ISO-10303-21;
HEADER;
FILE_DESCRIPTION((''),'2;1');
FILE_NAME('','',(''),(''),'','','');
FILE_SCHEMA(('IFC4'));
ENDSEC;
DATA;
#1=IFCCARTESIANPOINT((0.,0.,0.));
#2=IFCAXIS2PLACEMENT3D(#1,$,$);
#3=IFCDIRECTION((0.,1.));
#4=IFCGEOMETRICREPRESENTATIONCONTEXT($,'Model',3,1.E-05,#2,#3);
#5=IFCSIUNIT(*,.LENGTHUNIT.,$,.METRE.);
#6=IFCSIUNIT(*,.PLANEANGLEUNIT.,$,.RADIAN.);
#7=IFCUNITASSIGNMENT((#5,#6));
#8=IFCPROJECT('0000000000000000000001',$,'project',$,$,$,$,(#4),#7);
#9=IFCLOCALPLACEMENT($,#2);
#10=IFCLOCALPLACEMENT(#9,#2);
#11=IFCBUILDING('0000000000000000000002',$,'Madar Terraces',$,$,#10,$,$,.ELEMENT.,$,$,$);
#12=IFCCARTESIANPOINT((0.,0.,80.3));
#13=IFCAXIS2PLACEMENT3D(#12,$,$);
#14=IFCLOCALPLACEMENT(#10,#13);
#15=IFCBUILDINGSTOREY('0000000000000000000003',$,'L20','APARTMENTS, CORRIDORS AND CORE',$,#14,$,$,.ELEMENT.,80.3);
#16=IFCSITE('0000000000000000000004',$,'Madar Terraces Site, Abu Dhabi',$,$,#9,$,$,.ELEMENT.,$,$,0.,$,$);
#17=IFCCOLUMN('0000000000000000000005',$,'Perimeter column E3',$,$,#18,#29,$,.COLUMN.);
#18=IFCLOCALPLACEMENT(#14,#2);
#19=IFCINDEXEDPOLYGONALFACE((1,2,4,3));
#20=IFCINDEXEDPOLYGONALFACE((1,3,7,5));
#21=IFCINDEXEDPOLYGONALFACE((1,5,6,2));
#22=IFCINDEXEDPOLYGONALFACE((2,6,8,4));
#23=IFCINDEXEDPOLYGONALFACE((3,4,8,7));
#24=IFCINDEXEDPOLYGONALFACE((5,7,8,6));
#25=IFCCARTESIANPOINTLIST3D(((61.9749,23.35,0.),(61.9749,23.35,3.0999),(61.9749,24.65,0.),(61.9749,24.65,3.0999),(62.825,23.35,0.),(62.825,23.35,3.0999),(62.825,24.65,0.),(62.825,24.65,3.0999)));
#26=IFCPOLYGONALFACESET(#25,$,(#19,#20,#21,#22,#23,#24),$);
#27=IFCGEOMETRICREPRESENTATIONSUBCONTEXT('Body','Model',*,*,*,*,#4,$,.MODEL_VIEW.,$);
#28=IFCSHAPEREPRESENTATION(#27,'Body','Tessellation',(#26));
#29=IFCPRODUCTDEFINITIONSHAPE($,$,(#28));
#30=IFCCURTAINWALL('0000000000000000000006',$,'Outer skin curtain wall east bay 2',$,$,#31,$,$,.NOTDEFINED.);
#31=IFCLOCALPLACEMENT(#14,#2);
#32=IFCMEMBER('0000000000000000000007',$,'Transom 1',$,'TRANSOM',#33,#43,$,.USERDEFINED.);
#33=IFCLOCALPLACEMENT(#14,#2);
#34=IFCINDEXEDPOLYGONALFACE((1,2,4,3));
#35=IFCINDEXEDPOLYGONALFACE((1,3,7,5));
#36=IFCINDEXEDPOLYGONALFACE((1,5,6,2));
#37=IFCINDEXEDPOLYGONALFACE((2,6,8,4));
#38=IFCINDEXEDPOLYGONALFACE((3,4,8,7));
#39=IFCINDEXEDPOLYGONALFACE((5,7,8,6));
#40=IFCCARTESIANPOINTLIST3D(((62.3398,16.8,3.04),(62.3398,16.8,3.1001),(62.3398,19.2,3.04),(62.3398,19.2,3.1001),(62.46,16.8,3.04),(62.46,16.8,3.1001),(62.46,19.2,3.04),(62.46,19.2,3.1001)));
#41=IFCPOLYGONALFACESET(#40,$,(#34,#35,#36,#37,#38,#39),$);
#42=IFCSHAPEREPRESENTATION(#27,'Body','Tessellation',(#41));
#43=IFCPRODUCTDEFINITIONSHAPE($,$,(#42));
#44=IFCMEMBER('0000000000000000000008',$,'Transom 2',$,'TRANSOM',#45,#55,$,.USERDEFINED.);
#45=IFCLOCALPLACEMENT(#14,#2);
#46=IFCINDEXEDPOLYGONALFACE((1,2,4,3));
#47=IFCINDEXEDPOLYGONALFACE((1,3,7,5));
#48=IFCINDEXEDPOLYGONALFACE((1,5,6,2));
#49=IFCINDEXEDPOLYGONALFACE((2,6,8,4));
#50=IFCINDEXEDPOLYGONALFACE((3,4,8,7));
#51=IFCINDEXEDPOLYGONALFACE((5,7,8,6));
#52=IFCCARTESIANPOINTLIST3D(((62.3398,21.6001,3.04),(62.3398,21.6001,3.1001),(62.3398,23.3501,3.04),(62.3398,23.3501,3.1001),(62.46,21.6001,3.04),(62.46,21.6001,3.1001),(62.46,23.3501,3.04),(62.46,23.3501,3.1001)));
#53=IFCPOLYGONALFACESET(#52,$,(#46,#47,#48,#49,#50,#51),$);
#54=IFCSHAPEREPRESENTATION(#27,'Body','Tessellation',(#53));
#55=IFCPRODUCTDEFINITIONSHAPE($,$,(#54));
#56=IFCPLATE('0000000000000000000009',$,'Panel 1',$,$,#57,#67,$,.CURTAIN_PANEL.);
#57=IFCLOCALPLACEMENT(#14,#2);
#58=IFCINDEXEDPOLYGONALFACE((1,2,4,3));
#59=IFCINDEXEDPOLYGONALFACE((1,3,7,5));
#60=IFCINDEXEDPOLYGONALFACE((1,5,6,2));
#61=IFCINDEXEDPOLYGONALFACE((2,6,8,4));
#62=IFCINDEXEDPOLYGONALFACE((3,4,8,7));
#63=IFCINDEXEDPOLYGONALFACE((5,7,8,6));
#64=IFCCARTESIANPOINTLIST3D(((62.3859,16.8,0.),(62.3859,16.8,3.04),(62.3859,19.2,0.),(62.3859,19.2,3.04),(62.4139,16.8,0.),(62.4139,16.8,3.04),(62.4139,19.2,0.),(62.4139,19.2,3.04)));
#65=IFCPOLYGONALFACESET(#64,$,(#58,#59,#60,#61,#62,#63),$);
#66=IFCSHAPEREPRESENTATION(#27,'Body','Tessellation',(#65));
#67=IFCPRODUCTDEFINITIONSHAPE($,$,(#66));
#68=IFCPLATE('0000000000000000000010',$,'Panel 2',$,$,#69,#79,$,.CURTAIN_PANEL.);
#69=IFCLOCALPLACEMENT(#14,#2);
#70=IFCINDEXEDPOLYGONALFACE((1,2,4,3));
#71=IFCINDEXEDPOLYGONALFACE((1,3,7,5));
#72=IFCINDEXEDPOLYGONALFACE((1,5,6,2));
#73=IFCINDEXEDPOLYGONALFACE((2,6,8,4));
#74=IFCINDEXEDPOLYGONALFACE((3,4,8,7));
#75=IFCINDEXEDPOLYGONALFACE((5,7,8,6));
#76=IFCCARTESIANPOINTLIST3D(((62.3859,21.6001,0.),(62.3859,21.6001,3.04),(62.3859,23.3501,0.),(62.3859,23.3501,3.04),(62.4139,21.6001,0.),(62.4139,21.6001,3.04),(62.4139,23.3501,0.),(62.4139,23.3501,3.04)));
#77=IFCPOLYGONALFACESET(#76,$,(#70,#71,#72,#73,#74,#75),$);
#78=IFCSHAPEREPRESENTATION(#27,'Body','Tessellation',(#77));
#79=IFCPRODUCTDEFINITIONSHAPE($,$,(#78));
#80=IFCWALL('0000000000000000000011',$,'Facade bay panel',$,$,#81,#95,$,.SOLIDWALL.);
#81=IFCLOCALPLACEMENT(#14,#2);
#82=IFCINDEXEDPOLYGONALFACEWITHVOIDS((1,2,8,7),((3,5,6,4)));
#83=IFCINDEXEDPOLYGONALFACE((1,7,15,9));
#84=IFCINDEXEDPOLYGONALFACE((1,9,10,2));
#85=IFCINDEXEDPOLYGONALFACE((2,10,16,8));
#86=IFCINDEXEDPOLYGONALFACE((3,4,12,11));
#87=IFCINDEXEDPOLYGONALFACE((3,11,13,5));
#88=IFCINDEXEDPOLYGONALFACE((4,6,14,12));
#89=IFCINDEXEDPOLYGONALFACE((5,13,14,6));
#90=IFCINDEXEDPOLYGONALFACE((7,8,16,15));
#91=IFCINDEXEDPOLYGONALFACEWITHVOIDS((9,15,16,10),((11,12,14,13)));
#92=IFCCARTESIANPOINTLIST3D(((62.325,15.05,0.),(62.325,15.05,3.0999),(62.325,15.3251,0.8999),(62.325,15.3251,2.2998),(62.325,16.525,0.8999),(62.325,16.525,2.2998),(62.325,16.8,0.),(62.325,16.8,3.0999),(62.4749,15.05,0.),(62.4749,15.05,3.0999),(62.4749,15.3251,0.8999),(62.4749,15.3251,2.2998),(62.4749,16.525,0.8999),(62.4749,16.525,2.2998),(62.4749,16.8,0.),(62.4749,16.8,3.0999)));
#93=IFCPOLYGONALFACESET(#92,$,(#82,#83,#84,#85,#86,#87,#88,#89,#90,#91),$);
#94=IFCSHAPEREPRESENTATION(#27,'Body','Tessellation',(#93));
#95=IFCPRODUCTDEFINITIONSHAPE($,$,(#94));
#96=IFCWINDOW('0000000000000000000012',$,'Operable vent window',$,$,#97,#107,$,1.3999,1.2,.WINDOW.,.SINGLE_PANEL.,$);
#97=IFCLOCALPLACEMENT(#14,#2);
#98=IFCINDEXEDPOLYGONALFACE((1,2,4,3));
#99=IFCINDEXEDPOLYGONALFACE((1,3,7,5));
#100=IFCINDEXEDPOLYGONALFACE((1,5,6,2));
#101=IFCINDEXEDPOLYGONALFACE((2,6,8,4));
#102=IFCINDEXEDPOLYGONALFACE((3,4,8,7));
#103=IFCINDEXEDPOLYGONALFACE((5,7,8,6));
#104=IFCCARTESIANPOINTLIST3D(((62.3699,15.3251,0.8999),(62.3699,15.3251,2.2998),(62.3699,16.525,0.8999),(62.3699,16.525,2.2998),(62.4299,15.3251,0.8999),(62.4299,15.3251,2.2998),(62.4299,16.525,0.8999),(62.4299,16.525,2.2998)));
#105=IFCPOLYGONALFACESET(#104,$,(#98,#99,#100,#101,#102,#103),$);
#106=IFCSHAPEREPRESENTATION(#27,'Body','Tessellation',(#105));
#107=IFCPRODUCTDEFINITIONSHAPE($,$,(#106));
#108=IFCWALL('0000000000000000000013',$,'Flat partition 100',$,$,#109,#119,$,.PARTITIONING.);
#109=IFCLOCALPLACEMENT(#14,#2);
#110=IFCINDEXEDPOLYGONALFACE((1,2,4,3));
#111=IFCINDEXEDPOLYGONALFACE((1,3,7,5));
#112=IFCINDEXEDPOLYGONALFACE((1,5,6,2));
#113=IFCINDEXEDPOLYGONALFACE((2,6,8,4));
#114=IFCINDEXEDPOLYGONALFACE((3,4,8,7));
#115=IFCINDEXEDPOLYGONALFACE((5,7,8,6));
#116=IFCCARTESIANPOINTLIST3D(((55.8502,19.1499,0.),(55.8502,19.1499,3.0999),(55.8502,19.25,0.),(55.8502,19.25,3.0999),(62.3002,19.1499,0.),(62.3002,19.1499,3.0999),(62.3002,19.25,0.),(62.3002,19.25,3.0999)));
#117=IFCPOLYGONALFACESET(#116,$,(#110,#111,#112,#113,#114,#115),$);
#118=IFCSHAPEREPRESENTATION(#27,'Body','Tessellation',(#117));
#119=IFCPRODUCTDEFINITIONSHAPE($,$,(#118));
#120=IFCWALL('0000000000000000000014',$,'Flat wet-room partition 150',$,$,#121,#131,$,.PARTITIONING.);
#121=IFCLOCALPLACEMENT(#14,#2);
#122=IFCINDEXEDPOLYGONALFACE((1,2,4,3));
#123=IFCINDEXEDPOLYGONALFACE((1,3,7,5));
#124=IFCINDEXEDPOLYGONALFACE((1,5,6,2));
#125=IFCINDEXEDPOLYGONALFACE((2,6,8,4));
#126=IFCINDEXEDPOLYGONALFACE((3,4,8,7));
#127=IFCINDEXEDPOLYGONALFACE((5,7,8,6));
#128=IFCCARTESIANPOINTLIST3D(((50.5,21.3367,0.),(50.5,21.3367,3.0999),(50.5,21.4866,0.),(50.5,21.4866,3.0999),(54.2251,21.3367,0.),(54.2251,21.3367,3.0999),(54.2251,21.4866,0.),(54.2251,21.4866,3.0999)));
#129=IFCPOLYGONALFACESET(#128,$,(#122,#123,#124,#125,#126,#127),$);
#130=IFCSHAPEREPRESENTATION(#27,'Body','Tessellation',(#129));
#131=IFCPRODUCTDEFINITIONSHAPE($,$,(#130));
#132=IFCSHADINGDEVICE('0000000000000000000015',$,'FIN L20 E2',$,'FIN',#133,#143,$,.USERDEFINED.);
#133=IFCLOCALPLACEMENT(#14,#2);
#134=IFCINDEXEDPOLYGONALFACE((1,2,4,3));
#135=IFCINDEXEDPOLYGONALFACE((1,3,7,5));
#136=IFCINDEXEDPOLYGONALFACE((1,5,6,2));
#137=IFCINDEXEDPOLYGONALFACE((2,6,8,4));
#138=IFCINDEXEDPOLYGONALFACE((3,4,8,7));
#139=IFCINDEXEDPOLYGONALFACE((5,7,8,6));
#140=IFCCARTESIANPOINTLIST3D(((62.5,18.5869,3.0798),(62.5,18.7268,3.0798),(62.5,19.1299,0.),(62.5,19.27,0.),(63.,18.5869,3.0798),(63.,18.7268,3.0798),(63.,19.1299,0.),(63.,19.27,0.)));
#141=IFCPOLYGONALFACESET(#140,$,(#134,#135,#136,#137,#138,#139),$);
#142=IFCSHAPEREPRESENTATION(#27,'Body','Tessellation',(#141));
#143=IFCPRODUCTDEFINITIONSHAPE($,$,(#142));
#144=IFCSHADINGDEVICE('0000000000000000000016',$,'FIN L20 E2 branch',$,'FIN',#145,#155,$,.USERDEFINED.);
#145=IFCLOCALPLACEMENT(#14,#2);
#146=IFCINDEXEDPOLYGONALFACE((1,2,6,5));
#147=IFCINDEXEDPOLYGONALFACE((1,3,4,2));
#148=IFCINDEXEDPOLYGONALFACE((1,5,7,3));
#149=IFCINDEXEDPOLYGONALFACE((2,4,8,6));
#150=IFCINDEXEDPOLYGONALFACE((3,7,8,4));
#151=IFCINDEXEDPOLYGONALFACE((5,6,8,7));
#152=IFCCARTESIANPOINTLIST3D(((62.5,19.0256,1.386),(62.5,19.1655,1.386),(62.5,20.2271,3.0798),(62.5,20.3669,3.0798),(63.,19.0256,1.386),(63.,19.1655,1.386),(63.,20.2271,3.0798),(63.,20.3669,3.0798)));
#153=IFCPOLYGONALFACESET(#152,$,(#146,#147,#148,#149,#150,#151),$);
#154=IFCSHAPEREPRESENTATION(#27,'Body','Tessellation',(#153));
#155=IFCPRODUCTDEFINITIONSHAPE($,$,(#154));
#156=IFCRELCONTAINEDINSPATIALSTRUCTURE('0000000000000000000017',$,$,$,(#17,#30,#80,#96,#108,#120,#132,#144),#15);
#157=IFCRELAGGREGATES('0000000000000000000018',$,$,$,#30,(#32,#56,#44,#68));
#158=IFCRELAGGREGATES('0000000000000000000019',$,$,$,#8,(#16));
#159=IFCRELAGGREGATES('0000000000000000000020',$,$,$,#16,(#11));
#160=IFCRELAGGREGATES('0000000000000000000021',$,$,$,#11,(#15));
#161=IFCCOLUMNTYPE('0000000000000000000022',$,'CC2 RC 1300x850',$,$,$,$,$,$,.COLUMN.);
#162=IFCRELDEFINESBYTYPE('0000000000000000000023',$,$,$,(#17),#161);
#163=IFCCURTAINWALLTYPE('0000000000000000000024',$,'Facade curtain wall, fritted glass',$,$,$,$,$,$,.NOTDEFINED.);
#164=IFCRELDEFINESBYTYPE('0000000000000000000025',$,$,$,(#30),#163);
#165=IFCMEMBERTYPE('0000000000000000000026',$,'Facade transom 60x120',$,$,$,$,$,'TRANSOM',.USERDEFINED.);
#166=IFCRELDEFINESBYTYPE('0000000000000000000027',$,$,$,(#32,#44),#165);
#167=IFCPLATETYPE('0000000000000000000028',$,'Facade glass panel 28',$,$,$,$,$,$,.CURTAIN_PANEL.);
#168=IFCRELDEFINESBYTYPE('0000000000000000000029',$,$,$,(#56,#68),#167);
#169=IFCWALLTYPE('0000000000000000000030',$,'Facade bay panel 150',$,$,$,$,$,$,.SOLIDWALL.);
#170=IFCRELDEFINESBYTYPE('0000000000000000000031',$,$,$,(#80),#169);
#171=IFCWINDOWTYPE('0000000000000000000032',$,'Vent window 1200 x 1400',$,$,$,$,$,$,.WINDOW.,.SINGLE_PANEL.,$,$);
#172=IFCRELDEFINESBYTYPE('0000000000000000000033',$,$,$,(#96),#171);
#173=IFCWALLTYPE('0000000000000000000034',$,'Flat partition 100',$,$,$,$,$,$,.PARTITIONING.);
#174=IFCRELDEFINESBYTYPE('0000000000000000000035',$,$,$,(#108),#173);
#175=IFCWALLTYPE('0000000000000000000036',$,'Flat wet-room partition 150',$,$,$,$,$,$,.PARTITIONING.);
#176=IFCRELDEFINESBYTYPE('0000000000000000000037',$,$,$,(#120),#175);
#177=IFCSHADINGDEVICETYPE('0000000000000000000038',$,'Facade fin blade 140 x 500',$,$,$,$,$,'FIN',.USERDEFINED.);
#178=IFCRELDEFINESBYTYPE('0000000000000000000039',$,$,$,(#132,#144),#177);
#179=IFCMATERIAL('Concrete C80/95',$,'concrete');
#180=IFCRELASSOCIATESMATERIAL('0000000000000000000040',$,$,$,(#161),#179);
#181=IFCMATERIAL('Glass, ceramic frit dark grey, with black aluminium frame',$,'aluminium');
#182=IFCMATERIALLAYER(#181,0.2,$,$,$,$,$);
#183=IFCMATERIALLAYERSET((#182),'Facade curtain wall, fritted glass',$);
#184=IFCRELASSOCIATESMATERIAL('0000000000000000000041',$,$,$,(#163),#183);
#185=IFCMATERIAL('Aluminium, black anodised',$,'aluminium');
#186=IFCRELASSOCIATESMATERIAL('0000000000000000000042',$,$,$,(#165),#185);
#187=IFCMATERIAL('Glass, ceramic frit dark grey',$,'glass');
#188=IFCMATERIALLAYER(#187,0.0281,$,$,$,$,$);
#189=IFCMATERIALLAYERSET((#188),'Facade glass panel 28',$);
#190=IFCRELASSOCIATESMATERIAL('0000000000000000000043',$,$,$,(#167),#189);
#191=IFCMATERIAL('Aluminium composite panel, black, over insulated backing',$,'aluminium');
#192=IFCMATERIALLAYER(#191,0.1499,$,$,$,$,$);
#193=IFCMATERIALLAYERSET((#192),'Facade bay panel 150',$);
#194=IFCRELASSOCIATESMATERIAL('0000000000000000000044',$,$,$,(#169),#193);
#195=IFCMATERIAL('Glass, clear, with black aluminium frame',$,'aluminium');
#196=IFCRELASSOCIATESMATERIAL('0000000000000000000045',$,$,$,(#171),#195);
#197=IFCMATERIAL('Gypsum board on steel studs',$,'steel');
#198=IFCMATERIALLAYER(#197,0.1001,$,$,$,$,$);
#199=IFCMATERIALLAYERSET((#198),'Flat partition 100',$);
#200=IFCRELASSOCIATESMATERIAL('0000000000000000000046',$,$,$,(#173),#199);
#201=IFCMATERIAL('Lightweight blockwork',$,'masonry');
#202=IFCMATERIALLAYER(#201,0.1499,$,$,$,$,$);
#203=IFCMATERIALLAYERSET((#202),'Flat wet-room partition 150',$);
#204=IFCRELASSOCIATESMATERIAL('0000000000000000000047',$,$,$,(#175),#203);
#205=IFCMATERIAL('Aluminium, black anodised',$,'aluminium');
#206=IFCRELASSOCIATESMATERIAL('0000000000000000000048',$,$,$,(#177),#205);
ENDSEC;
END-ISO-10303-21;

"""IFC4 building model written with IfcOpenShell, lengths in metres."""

from ifc_helpers import new_model, si_unit, direction, frame, frame_2d, origin, origin_2d, place, context, subcontext, project, spatial, polyline, rectangle, outline, extrude, material, layer, layer_set, material_profile, profile_set, type_object, element, fill, aggregate, save


model = new_model("IFC4")

# Units and contexts
model_context = context("Model", 3, precision=1e-05, world=origin(), true_north=direction((0.0, 1.0)))
body_context = subcontext(model_context, "Body", "Model", "MODEL_VIEW")
ifc_project = project(units=[si_unit("LENGTHUNIT", "METRE"), si_unit("PLANEANGLEUNIT", "RADIAN")], contexts=[model_context])

# Site, building, storey
site_placement = place(None, origin())
site = spatial("IfcSite", under=ifc_project, at=site_placement, Name="Madar Terraces Site, Abu Dhabi", CompositionType="ELEMENT", RefElevation=0.0)
building_placement = place(site_placement, origin())
building = spatial("IfcBuilding", under=site, at=building_placement, Name="Madar Terraces", CompositionType="ELEMENT")
storey_placement = place(building_placement, frame((0.0, 0.0, 80.3)))
storey = spatial("IfcBuildingStorey", under=building, at=storey_placement, Name="L20", Description="APARTMENTS, CORRIDORS AND CORE", CompositionType="ELEMENT", Elevation=80.3)

# Column
ifc_material_1 = material(Name="Concrete C80/95", Category="concrete")
ifc_material_profile_1 = material_profile(ifc_material_1, rectangle(XDim=1.3, YDim=0.8501, at=origin_2d()), Name="CC2 RC 1300x850")
ifc_profile_set_1 = profile_set([ifc_material_profile_1], Name="Concrete C80/95")
column_type = type_object("IfcColumnType", Name="CC2 RC 1300x850", PredefinedType="COLUMN", material=ifc_profile_set_1)
column_placement = place(storey_placement, frame((62.3999, 24.0, 0.0), z_axis=(0.0, 0.0, 1.0), x_axis=(0.0, 1.0, 0.0)))
element("IfcColumn", 1, at=column_placement, inside=storey, type_object=column_type, Name="Perimeter column E3", PredefinedType="COLUMN", context=body_context, shape_type="SweptSolid", body=[
    extrude(rectangle(XDim=1.3, YDim=0.8501, at=origin_2d()), origin(), (0.0, 0.0, 1.0), 3.0999),
])

# Curtain wall, members, plates
ifc_material_2 = material(Name="Glass, ceramic frit dark grey, with black aluminium frame", Category="aluminium")
ifc_layer_1 = layer(ifc_material_2, 0.2)
ifc_layer_set_1 = layer_set([ifc_layer_1], Name="Facade curtain wall, fritted glass")
curtain_wall_type = type_object("IfcCurtainWallType", Name="Facade curtain wall, fritted glass", PredefinedType="NOTDEFINED", material=ifc_layer_set_1)
curtain_wall_placement = place(storey_placement, origin())
curtain_wall = element("IfcCurtainWall", 2, at=curtain_wall_placement, inside=storey, type_object=curtain_wall_type, Name="Outer skin curtain wall east bay 2", PredefinedType="NOTDEFINED")
ifc_material_3 = material(Name="Aluminium, black anodised", Category="aluminium")
ifc_material_profile_2 = material_profile(ifc_material_3, rectangle(XDim=0.1201, YDim=0.0601, at=origin_2d()), Name="Facade transom 60x120")
ifc_profile_set_2 = profile_set([ifc_material_profile_2], Name="Aluminium, black anodised")
member_type = type_object("IfcMemberType", Name="Facade transom 60x120", ElementType="TRANSOM", PredefinedType="USERDEFINED", material=ifc_profile_set_2)
member_1_placement = place(storey_placement, frame((62.3999, 16.8, 3.0701), z_axis=(0.0, 1.0, 0.0), x_axis=(-1.0, 0.0, 0.0)))
member_1 = element("IfcMember", 3, at=member_1_placement, type_object=member_type, Name="Transom 1", ObjectType="TRANSOM", PredefinedType="USERDEFINED", context=body_context, shape_type="SweptSolid", body=[
    extrude(rectangle(XDim=0.1201, YDim=0.0601, at=origin_2d()), origin(), (0.0, 0.0, 1.0), 2.3999),
])
member_2_placement = place(storey_placement, frame((62.3999, 21.6001, 3.0701), z_axis=(0.0, 1.0, 0.0), x_axis=(-1.0, 0.0, 0.0)))
member_2 = element("IfcMember", 4, at=member_2_placement, type_object=member_type, Name="Transom 2", ObjectType="TRANSOM", PredefinedType="USERDEFINED", context=body_context, shape_type="SweptSolid", body=[
    extrude(rectangle(XDim=0.1201, YDim=0.0601, at=origin_2d()), origin(), (0.0, 0.0, 1.0), 1.75),
])
ifc_material_4 = material(Name="Glass, ceramic frit dark grey", Category="glass")
ifc_layer_2 = layer(ifc_material_4, 0.0281)
ifc_layer_set_2 = layer_set([ifc_layer_2], Name="Facade glass panel 28")
plate_type = type_object("IfcPlateType", Name="Facade glass panel 28", PredefinedType="CURTAIN_PANEL", material=ifc_layer_set_2)
plate_1_placement = place(storey_placement, frame((62.3999, 18.0, 0.0), z_axis=(0.0, 0.0, 1.0), x_axis=(0.0, 1.0, 0.0)))
plate_1 = element("IfcPlate", 5, at=plate_1_placement, type_object=plate_type, Name="Panel 1", PredefinedType="CURTAIN_PANEL", context=body_context, shape_type="SweptSolid", body=[
    extrude(rectangle(XDim=2.3999, YDim=0.0281, at=origin_2d()), origin(), (0.0, 0.0, 1.0), 3.04),
])
plate_2_placement = place(storey_placement, frame((62.3999, 22.4751, 0.0), z_axis=(0.0, 0.0, 1.0), x_axis=(0.0, 1.0, 0.0)))
plate_2 = element("IfcPlate", 6, at=plate_2_placement, type_object=plate_type, Name="Panel 2", PredefinedType="CURTAIN_PANEL", context=body_context, shape_type="SweptSolid", body=[
    extrude(rectangle(XDim=1.75, YDim=0.0281, at=origin_2d()), origin(), (0.0, 0.0, 1.0), 3.04),
])
aggregate(curtain_wall, [member_1, plate_1, member_2, plate_2])

# Wall, opening, window
ifc_material_5 = material(Name="Aluminium composite panel, black, over insulated backing", Category="aluminium")
ifc_layer_3 = layer(ifc_material_5, 0.1499)
ifc_layer_set_3 = layer_set([ifc_layer_3], Name="Facade bay panel 150")
wall_type_1 = type_object("IfcWallType", Name="Facade bay panel 150", PredefinedType="SOLIDWALL", material=ifc_layer_set_3)
wall_1_placement = place(storey_placement, frame((62.3999, 15.05, 0.0), z_axis=(0.0, 0.0, 1.0), x_axis=(0.0, 1.0, 0.0)))
wall_1 = element("IfcWall", 7, at=wall_1_placement, inside=storey, type_object=wall_type_1, Name="Facade bay panel", PredefinedType="SOLIDWALL", context=body_context, shape_type="SweptSolid", body=[
    extrude(rectangle(XDim=1.75, YDim=0.1499, at=frame_2d((0.875, 0.0))), origin(), (0.0, 0.0, 1.0), 3.0999),
])
opening_1_placement = place(wall_1_placement, frame((0.2749, 0.0, 0.8999)))
opening_1 = element("IfcOpeningElement", 8, at=opening_1_placement, cuts=wall_1, PredefinedType="OPENING", context=body_context, shape_type="SweptSolid", body=[
    extrude(rectangle(XDim=1.2, YDim=1.3999, at=frame_2d((0.6001, 0.7))), frame((0.0, 0.085, 0.0), z_axis=(0.0, -1.0, 0.0), x_axis=(1.0, 0.0, 0.0)), (0.0, 0.0, 1.0), 0.1699),
])
ifc_material_6 = material(Name="Glass, clear, with black aluminium frame", Category="aluminium")
window_type = type_object("IfcWindowType", Name="Vent window 1200 x 1400", PartitioningType="SINGLE_PANEL", PredefinedType="WINDOW", material=ifc_material_6)
window_placement = place(opening_1_placement, origin())
window = element("IfcWindow", 9, at=window_placement, inside=storey, type_object=window_type, Name="Operable vent window", OverallHeight=1.3999, OverallWidth=1.2, PartitioningType="SINGLE_PANEL", PredefinedType="WINDOW", context=body_context, shape_type="SweptSolid", body=[
    extrude(rectangle(XDim=1.2, YDim=1.3999, at=frame_2d((0.6001, 0.7))), frame((0.0, 0.03, 0.0), z_axis=(0.0, -1.0, 0.0), x_axis=(1.0, 0.0, 0.0)), (0.0, 0.0, 1.0), 0.0601),
])
fill(opening_1, window)

# Walls
ifc_material_7 = material(Name="Gypsum board on steel studs", Category="steel")
ifc_layer_4 = layer(ifc_material_7, 0.1001)
ifc_layer_set_4 = layer_set([ifc_layer_4], Name="Flat partition 100")
wall_type_2 = type_object("IfcWallType", Name="Flat partition 100", PredefinedType="PARTITIONING", material=ifc_layer_set_4)
wall_2_placement = place(storey_placement, frame((55.8501, 19.2, 0.0), z_axis=(0.0, 0.0, 1.0), x_axis=(1.0, 0.0, 0.0)))
element("IfcWall", 10, at=wall_2_placement, inside=storey, type_object=wall_type_2, Name="Flat partition 100", PredefinedType="PARTITIONING", context=body_context, shape_type="SweptSolid", body=[
    extrude(rectangle(XDim=6.45, YDim=0.1001, at=frame_2d((3.2251, 0.0))), origin(), (0.0, 0.0, 1.0), 3.0999),
])
ifc_material_8 = material(Name="Lightweight blockwork", Category="masonry")
ifc_layer_5 = layer(ifc_material_8, 0.1499)
ifc_layer_set_5 = layer_set([ifc_layer_5], Name="Flat wet-room partition 150")
wall_type_3 = type_object("IfcWallType", Name="Flat wet-room partition 150", PredefinedType="PARTITIONING", material=ifc_layer_set_5)
wall_3_placement = place(storey_placement, frame((50.5, 21.4116, 0.0), z_axis=(0.0, 0.0, 1.0), x_axis=(1.0, 0.0, 0.0)))
element("IfcWall", 11, at=wall_3_placement, inside=storey, type_object=wall_type_3, Name="Flat wet-room partition 150", PredefinedType="PARTITIONING", context=body_context, shape_type="SweptSolid", body=[
    extrude(rectangle(XDim=3.7251, YDim=0.1499, at=frame_2d((1.8625, 0.0))), origin(), (0.0, 0.0, 1.0), 3.0999),
])

# Shading devices
ifc_material_9 = material(Name="Aluminium, black anodised", Category="aluminium")
shading_device_type = type_object("IfcShadingDeviceType", Name="Facade fin blade 140 x 500", ElementType="FIN", PredefinedType="USERDEFINED", material=ifc_material_9)
shading_device_1_placement = place(storey_placement, frame((62.75, 19.1299, 0.0), z_axis=(0.0, 0.0, 1.0), x_axis=(0.0, 1.0, 0.0)))
element("IfcShadingDevice", 12, at=shading_device_1_placement, inside=storey, type_object=shading_device_type, Name="FIN L20 E2", ObjectType="FIN", PredefinedType="USERDEFINED", context=body_context, shape_type="SweptSolid", body=[
    extrude(outline(polyline([(0.0, 0.0), (0.1401, 0.0), (-0.4031, 3.0798), (-0.543, 3.0798), (0.0, 0.0)])), frame((0.0, 0.25, 0.0), z_axis=(0.0, -1.0, 0.0), x_axis=(1.0, 0.0, 0.0)), (0.0, 0.0, 1.0), 0.5),
])
shading_device_2_placement = place(storey_placement, frame((62.75, 19.0256, 1.386), z_axis=(0.0, 0.0, 1.0), x_axis=(0.0, 1.0, 0.0)))
element("IfcShadingDevice", 13, at=shading_device_2_placement, inside=storey, type_object=shading_device_type, Name="FIN L20 E2 branch", ObjectType="FIN", PredefinedType="USERDEFINED", context=body_context, shape_type="SweptSolid", body=[
    extrude(outline(polyline([(0.0, 0.0), (0.1399, 0.0), (1.3413, 1.6938), (1.2014, 1.6938), (0.0, 0.0)])), frame((0.0, 0.25, 0.0), z_axis=(0.0, -1.0, 0.0), x_axis=(1.0, 0.0, 0.0)), (0.0, 0.0, 1.0), 0.5),
])

save(model, "model.ifc")
